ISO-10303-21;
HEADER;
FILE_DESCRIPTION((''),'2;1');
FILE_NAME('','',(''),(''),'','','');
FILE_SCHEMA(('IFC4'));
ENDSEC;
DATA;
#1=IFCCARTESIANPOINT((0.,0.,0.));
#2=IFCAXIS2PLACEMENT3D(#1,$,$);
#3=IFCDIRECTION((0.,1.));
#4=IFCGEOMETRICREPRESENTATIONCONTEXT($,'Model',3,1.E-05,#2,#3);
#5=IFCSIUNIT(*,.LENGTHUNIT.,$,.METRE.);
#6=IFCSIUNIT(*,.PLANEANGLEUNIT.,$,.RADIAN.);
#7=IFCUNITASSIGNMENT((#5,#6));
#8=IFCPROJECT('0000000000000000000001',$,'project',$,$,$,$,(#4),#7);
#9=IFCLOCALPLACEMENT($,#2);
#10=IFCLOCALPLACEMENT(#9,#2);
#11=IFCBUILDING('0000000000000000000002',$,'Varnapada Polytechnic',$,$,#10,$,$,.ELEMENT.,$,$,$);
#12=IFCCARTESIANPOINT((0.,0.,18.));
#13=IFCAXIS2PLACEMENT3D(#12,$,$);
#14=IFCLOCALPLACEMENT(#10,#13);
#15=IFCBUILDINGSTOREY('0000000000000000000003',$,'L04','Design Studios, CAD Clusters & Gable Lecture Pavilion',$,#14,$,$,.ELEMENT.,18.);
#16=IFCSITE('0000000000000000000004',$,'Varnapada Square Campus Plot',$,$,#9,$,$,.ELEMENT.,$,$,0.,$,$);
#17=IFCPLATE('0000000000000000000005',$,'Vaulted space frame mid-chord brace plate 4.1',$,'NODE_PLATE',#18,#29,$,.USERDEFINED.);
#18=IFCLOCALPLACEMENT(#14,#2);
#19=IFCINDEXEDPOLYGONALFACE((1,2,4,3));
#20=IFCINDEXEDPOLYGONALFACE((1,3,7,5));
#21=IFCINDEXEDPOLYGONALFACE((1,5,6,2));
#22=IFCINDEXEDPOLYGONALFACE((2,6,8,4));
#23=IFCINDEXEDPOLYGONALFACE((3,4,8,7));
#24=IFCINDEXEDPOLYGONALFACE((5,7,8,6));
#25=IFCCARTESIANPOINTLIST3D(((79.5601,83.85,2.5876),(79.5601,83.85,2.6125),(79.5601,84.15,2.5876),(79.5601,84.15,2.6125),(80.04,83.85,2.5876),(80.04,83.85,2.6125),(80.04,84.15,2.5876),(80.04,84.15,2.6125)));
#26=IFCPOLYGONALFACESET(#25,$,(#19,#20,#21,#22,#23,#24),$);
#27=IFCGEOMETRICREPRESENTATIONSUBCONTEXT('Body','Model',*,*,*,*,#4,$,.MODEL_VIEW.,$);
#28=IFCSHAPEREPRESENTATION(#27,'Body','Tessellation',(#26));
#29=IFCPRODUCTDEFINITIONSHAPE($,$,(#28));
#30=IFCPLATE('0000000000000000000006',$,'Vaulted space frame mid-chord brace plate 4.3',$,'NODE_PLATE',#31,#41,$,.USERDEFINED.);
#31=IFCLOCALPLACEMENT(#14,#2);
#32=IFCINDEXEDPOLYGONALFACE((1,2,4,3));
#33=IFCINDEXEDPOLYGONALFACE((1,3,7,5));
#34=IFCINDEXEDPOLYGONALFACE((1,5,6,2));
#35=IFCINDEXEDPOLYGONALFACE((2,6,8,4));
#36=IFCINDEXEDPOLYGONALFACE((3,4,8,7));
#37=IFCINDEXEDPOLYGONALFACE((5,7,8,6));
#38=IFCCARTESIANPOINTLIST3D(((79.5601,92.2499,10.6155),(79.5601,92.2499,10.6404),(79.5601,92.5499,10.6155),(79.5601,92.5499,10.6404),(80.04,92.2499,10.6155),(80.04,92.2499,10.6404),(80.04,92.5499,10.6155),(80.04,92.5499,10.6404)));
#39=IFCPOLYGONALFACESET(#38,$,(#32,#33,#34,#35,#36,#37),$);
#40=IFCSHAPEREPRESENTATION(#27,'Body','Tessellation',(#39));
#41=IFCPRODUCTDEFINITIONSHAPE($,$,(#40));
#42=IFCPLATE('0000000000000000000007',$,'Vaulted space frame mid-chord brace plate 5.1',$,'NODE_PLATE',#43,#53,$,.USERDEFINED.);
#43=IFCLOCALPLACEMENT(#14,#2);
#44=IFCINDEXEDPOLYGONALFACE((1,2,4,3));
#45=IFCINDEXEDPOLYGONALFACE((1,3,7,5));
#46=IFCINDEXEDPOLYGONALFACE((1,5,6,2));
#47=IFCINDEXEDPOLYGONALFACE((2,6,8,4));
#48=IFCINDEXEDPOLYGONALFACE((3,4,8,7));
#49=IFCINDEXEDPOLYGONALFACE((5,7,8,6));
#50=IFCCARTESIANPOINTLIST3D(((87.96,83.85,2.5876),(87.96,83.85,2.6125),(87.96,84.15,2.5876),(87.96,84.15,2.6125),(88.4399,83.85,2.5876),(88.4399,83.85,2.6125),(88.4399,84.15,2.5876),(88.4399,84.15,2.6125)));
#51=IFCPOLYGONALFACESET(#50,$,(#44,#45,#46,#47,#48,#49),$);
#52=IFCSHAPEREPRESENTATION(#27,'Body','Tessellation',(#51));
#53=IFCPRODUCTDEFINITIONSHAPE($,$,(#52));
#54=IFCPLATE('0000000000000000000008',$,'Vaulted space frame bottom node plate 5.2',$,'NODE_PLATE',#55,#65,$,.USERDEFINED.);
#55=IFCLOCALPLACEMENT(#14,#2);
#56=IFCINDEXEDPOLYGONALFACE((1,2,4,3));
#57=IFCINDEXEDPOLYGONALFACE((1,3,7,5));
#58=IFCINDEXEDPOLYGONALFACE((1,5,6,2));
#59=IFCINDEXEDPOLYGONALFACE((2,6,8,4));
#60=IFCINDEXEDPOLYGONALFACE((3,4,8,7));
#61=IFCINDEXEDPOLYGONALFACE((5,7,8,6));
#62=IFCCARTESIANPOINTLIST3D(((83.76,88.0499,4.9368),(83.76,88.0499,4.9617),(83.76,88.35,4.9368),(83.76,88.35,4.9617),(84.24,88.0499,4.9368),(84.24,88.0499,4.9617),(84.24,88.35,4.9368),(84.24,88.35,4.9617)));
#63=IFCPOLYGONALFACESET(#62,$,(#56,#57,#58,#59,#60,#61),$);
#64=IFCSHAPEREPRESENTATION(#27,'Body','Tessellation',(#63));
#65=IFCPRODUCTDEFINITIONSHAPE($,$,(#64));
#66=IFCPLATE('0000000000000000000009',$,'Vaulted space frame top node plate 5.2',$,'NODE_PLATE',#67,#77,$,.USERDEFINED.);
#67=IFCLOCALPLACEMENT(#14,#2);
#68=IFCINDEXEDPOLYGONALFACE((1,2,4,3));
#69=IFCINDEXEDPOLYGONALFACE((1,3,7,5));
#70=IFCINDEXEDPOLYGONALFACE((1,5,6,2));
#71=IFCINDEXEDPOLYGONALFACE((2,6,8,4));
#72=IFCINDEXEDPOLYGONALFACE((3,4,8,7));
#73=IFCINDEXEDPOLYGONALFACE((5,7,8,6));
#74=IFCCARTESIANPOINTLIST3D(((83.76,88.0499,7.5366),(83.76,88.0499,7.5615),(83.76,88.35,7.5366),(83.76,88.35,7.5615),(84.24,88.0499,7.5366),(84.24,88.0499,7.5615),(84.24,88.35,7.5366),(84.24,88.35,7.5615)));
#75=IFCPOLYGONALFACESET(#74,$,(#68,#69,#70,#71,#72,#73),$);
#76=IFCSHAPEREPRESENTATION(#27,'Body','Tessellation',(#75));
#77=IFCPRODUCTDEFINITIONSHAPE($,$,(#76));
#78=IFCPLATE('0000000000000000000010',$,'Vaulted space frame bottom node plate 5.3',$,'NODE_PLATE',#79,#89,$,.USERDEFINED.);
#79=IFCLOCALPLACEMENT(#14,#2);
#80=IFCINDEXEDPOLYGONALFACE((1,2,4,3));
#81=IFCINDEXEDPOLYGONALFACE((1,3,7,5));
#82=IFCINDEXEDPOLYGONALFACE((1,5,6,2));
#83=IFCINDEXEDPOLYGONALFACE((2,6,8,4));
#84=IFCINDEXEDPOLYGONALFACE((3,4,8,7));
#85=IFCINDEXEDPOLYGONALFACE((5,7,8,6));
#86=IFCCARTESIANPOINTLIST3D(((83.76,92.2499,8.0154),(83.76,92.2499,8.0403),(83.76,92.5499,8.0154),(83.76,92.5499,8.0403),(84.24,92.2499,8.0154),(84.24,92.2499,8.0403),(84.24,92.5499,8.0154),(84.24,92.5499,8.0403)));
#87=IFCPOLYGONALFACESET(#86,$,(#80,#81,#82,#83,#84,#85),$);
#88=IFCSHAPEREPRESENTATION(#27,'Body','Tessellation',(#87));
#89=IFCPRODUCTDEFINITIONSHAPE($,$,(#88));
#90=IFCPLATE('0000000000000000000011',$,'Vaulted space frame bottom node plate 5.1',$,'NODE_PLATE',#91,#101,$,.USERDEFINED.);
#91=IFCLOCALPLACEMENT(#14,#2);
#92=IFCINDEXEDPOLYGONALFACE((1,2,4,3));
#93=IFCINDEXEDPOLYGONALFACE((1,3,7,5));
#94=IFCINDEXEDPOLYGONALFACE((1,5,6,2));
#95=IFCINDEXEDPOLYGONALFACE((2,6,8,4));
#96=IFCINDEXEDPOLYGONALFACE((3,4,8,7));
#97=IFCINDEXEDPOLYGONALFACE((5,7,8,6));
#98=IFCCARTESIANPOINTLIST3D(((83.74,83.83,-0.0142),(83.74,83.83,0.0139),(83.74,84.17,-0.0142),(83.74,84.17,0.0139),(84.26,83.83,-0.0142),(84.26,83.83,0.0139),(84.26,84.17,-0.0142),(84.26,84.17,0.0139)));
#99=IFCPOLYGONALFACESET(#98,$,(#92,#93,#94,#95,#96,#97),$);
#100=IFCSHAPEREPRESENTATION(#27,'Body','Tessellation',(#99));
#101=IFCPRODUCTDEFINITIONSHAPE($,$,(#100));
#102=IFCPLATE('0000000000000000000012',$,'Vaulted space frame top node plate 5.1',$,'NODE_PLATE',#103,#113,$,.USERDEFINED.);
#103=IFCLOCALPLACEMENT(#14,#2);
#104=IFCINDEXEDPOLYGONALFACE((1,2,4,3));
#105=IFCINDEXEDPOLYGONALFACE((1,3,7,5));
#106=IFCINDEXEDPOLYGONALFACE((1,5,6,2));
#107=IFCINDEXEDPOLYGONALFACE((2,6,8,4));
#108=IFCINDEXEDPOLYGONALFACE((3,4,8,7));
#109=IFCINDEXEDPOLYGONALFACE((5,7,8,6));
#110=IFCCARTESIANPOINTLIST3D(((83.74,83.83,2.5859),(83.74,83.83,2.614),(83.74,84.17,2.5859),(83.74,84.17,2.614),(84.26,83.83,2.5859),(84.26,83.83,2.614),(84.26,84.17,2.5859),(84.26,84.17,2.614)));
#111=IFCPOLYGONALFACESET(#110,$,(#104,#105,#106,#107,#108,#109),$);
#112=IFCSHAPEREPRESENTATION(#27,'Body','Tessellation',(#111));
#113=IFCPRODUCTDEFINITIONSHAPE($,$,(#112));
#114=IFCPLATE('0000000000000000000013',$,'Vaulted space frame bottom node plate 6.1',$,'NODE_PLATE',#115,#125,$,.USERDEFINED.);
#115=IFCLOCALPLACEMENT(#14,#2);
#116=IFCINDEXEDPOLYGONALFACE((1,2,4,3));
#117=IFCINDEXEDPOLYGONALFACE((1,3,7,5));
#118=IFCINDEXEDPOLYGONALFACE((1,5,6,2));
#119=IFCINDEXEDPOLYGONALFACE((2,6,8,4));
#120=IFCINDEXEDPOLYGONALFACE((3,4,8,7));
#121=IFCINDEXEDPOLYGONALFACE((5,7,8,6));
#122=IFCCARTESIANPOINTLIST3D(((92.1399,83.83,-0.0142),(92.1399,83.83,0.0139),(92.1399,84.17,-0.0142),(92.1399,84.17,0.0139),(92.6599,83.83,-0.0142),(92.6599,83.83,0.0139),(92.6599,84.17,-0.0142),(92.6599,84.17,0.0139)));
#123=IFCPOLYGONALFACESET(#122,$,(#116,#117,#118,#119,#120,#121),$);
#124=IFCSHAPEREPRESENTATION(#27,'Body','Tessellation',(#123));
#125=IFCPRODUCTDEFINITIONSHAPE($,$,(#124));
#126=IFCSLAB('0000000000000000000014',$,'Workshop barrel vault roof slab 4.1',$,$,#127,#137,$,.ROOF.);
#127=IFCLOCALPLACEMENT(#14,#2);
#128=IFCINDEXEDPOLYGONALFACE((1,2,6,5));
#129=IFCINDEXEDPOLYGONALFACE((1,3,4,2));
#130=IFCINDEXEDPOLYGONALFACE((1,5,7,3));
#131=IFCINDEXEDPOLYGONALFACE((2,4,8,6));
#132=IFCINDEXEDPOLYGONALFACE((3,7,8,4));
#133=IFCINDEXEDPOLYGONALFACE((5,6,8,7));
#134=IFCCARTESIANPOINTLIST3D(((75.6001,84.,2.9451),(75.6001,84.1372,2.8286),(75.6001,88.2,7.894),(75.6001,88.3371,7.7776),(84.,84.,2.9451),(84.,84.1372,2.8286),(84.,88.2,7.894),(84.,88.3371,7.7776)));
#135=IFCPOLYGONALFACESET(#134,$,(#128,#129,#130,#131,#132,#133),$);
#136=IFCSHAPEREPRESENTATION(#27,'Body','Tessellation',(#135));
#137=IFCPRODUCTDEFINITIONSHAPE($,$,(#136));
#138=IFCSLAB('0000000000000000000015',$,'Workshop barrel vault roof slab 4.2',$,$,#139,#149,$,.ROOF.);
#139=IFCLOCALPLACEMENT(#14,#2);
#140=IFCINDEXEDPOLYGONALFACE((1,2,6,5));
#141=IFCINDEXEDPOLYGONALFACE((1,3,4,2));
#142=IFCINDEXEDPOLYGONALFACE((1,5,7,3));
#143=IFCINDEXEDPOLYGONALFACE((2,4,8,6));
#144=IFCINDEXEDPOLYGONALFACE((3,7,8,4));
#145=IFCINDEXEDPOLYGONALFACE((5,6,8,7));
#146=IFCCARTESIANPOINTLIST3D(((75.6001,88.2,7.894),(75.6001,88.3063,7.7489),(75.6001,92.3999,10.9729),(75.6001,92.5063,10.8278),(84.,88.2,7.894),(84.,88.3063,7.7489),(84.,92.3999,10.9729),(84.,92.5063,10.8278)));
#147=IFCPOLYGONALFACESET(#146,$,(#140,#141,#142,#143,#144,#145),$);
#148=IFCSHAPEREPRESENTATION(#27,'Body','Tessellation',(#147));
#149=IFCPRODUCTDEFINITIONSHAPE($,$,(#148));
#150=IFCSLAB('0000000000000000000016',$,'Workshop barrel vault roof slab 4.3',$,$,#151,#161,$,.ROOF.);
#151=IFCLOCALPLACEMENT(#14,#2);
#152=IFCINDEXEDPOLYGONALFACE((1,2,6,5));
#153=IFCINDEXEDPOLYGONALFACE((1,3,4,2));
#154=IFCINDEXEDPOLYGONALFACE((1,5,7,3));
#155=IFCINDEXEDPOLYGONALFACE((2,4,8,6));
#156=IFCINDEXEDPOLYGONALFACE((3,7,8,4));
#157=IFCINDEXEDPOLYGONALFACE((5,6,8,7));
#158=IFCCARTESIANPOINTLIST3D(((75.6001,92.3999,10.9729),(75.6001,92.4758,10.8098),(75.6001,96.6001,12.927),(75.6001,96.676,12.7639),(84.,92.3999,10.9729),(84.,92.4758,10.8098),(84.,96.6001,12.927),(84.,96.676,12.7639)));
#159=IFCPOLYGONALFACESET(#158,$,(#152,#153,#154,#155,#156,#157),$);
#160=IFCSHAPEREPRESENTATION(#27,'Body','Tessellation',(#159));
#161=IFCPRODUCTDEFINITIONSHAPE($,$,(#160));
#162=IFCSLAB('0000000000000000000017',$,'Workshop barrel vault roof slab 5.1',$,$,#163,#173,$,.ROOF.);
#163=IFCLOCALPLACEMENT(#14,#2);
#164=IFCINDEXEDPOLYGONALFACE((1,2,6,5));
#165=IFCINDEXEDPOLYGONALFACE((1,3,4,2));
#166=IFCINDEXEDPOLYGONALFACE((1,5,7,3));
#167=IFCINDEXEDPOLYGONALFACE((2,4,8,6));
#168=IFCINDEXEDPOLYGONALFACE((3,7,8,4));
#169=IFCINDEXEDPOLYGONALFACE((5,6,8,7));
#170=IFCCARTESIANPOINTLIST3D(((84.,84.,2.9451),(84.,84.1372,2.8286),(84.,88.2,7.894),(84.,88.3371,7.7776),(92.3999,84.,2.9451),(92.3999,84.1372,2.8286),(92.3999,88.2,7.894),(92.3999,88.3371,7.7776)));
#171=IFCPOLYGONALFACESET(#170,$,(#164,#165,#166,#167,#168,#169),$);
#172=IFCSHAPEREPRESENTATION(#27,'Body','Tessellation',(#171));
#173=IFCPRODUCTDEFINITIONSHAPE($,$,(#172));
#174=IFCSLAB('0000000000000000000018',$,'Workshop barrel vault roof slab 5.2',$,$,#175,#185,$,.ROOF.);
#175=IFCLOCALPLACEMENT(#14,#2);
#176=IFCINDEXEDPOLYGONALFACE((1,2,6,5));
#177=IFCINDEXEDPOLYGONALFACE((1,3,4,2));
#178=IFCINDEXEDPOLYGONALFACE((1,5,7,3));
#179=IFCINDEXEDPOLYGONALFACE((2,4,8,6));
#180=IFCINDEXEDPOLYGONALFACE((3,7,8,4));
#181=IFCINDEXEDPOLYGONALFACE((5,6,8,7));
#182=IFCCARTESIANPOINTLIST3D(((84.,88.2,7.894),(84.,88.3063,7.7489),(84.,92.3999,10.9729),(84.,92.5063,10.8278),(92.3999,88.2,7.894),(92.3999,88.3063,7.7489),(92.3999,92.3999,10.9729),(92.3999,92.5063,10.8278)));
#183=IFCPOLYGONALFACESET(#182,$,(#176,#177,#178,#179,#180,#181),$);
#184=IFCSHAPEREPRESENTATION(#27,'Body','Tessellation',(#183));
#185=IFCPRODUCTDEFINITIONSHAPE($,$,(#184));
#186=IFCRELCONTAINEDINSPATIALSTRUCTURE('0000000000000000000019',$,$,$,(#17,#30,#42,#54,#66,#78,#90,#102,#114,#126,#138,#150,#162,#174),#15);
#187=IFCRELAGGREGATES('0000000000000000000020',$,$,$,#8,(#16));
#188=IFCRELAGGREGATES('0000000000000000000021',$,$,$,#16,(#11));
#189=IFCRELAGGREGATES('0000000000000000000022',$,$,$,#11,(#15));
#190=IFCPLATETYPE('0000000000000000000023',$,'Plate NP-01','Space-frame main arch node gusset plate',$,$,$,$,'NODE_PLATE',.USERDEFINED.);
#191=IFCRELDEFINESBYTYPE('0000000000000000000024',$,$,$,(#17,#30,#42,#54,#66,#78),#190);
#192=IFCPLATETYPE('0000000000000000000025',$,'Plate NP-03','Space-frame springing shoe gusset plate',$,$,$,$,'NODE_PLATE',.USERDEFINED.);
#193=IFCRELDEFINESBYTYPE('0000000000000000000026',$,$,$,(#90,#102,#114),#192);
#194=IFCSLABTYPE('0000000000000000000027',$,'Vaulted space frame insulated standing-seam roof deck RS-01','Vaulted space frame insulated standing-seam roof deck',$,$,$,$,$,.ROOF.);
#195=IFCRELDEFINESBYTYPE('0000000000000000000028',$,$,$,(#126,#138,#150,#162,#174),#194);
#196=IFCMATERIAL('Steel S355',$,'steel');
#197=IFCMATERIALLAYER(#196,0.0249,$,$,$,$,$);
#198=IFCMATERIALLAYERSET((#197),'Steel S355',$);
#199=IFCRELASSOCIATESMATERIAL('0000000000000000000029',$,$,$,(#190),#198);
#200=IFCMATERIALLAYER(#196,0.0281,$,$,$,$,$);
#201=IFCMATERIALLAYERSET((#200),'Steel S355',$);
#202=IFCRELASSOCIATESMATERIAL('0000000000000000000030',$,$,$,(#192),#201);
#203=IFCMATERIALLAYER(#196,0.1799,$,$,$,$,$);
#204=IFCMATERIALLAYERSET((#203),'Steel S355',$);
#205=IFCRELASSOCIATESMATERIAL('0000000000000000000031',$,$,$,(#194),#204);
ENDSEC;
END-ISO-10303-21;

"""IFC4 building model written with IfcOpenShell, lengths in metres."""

from ifc_helpers import new_model, si_unit, direction, frame, origin, origin_2d, place, context, subcontext, project, spatial, polyline, rectangle, outline, extrude, material, layer, layer_set, type_object, element, save


model = new_model("IFC4")

# Units and contexts
model_context = context("Model", 3, precision=1e-05, world=origin(), true_north=direction((0.0, 1.0)))
body_context = subcontext(model_context, "Body", "Model", "MODEL_VIEW")
ifc_project = project(units=[si_unit("LENGTHUNIT", "METRE"), si_unit("PLANEANGLEUNIT", "RADIAN")], contexts=[model_context])

# Site, building, storey
site_placement = place(None, origin())
site = spatial("IfcSite", under=ifc_project, at=site_placement, Name="Varnapada Square Campus Plot", CompositionType="ELEMENT", RefElevation=0.0)
building_placement = place(site_placement, origin())
building = spatial("IfcBuilding", under=site, at=building_placement, Name="Varnapada Polytechnic", CompositionType="ELEMENT")
storey_placement = place(building_placement, frame((0.0, 0.0, 18.0)))
storey = spatial("IfcBuildingStorey", under=building, at=storey_placement, Name="L04", Description="Design Studios, CAD Clusters & Gable Lecture Pavilion", CompositionType="ELEMENT", Elevation=18.0)

# Shared definitions
ifc_material = material(Name="Steel S355", Category="steel")

# Plates
ifc_layer_1 = layer(ifc_material, 0.0249)
ifc_layer_set_1 = layer_set([ifc_layer_1], Name="Steel S355")
plate_type_1 = type_object("IfcPlateType", Name="Plate NP-01", Description="Space-frame main arch node gusset plate", ElementType="NODE_PLATE", PredefinedType="USERDEFINED", material=ifc_layer_set_1)
for number, where, z_axis, x_axis, name in (
    (1, (79.8, 84.0, 2.5876), (0.0, 0.0, 1.0), (1.0, 0.0, 0.0), "Vaulted space frame mid-chord brace plate 4.1"),
    (2, (79.8, 92.3999, 10.6155), (0.0, 0.0, 1.0), (1.0, 0.0, 0.0), "Vaulted space frame mid-chord brace plate 4.3"),
    (3, (88.2, 84.0, 2.5876), (0.0, 0.0, 1.0), (1.0, 0.0, 0.0), "Vaulted space frame mid-chord brace plate 5.1"),
    (4, (84.0, 88.2, 4.9368), (0.0, 0.0, 1.0), (1.0, 0.0, 0.0), "Vaulted space frame bottom node plate 5.2"),
    (5, (84.0, 88.2, 7.5366), (0.0, 0.0, 1.0), (1.0, 0.0, 0.0), "Vaulted space frame top node plate 5.2"),
    (6, (84.0, 92.3999, 8.0154), (0.0, 0.0, 1.0), (1.0, 0.0, 0.0), "Vaulted space frame bottom node plate 5.3"),
):
    element("IfcPlate", number, at=place(storey_placement, frame(where, z_axis=z_axis, x_axis=x_axis)), inside=storey, type_object=plate_type_1, Name=name, ObjectType="NODE_PLATE", PredefinedType="USERDEFINED", context=body_context, shape_type="SweptSolid", body=[
        extrude(rectangle(XDim=0.48, YDim=0.3, at=origin_2d()), origin(), (0.0, 0.0, 1.0), 0.0249),
    ])
ifc_layer_2 = layer(ifc_material, 0.0281)
ifc_layer_set_2 = layer_set([ifc_layer_2], Name="Steel S355")
plate_type_2 = type_object("IfcPlateType", Name="Plate NP-03", Description="Space-frame springing shoe gusset plate", ElementType="NODE_PLATE", PredefinedType="USERDEFINED", material=ifc_layer_set_2)
for number, where, z_axis, x_axis, name in (
    (7, (84.0, 84.0, -0.0142), (0.0, 0.0, 1.0), (1.0, 0.0, 0.0), "Vaulted space frame bottom node plate 5.1"),
    (8, (84.0, 84.0, 2.5859), (0.0, 0.0, 1.0), (1.0, 0.0, 0.0), "Vaulted space frame top node plate 5.1"),
    (9, (92.3999, 84.0, -0.0142), (0.0, 0.0, 1.0), (1.0, 0.0, 0.0), "Vaulted space frame bottom node plate 6.1"),
):
    element("IfcPlate", number, at=place(storey_placement, frame(where, z_axis=z_axis, x_axis=x_axis)), inside=storey, type_object=plate_type_2, Name=name, ObjectType="NODE_PLATE", PredefinedType="USERDEFINED", context=body_context, shape_type="SweptSolid", body=[
        extrude(rectangle(XDim=0.52, YDim=0.3401, at=origin_2d()), origin(), (0.0, 0.0, 1.0), 0.0281),
    ])

# Slabs
ifc_layer_3 = layer(ifc_material, 0.1799)
ifc_layer_set_3 = layer_set([ifc_layer_3], Name="Steel S355")
slab_type = type_object("IfcSlabType", Name="Vaulted space frame insulated standing-seam roof deck RS-01", Description="Vaulted space frame insulated standing-seam roof deck", PredefinedType="ROOF", material=ifc_layer_set_3)
slab_1_placement = place(storey_placement, frame((75.6001, 84.0, 2.9451), z_axis=(0.0, -0.762447, 0.647051), x_axis=(1.0, 0.0, 0.0)))
element("IfcSlab", 10, at=slab_1_placement, inside=storey, type_object=slab_type, Name="Workshop barrel vault roof slab 4.1", PredefinedType="ROOF", context=body_context, shape_type="SweptSolid", body=[
    extrude(outline(polyline([(0.0, 0.0), (8.3999, 0.0), (8.3999, 6.4909), (0.0, 6.4909), (0.0, 0.0)])), origin(), (0.0, 0.0, -1.0), 0.1799),
])
slab_2_placement = place(storey_placement, frame((75.6001, 88.2, 7.894), z_axis=(0.0, -0.591225, 0.806506), x_axis=(1.0, 0.0, 0.0)))
element("IfcSlab", 11, at=slab_2_placement, inside=storey, type_object=slab_type, Name="Workshop barrel vault roof slab 4.2", PredefinedType="ROOF", context=body_context, shape_type="SweptSolid", body=[
    extrude(outline(polyline([(0.0, 0.0), (8.3999, 0.0), (8.3999, 5.2076), (0.0, 5.2076), (0.0, 0.0)])), origin(), (0.0, 0.0, -1.0), 0.1799),
])
slab_3_placement = place(storey_placement, frame((75.6001, 92.3999, 10.9729), z_axis=(0.0, -0.421823, 0.906678), x_axis=(1.0, 0.0, 0.0)))
element("IfcSlab", 12, at=slab_3_placement, inside=storey, type_object=slab_type, Name="Workshop barrel vault roof slab 4.3", PredefinedType="ROOF", context=body_context, shape_type="SweptSolid", body=[
    extrude(outline(polyline([(0.0, 0.0), (8.3999, 0.0), (8.3999, 4.6325), (0.0, 4.6325), (0.0, 0.0)])), origin(), (0.0, 0.0, -1.0), 0.1799),
])
slab_4_placement = place(storey_placement, frame((84.0, 84.0, 2.9451), z_axis=(0.0, -0.762447, 0.647051), x_axis=(1.0, 0.0, 0.0)))
element("IfcSlab", 13, at=slab_4_placement, inside=storey, type_object=slab_type, Name="Workshop barrel vault roof slab 5.1", PredefinedType="ROOF", context=body_context, shape_type="SweptSolid", body=[
    extrude(outline(polyline([(0.0, 0.0), (8.3999, 0.0), (8.3999, 6.4909), (0.0, 6.4909), (0.0, 0.0)])), origin(), (0.0, 0.0, -1.0), 0.1799),
])
slab_5_placement = place(storey_placement, frame((84.0, 88.2, 7.894), z_axis=(0.0, -0.591225, 0.806506), x_axis=(1.0, 0.0, 0.0)))
element("IfcSlab", 14, at=slab_5_placement, inside=storey, type_object=slab_type, Name="Workshop barrel vault roof slab 5.2", PredefinedType="ROOF", context=body_context, shape_type="SweptSolid", body=[
    extrude(outline(polyline([(0.0, 0.0), (8.3999, 0.0), (8.3999, 5.2076), (0.0, 5.2076), (0.0, 0.0)])), origin(), (0.0, 0.0, -1.0), 0.1799),
])

save(model, "model.ifc")
